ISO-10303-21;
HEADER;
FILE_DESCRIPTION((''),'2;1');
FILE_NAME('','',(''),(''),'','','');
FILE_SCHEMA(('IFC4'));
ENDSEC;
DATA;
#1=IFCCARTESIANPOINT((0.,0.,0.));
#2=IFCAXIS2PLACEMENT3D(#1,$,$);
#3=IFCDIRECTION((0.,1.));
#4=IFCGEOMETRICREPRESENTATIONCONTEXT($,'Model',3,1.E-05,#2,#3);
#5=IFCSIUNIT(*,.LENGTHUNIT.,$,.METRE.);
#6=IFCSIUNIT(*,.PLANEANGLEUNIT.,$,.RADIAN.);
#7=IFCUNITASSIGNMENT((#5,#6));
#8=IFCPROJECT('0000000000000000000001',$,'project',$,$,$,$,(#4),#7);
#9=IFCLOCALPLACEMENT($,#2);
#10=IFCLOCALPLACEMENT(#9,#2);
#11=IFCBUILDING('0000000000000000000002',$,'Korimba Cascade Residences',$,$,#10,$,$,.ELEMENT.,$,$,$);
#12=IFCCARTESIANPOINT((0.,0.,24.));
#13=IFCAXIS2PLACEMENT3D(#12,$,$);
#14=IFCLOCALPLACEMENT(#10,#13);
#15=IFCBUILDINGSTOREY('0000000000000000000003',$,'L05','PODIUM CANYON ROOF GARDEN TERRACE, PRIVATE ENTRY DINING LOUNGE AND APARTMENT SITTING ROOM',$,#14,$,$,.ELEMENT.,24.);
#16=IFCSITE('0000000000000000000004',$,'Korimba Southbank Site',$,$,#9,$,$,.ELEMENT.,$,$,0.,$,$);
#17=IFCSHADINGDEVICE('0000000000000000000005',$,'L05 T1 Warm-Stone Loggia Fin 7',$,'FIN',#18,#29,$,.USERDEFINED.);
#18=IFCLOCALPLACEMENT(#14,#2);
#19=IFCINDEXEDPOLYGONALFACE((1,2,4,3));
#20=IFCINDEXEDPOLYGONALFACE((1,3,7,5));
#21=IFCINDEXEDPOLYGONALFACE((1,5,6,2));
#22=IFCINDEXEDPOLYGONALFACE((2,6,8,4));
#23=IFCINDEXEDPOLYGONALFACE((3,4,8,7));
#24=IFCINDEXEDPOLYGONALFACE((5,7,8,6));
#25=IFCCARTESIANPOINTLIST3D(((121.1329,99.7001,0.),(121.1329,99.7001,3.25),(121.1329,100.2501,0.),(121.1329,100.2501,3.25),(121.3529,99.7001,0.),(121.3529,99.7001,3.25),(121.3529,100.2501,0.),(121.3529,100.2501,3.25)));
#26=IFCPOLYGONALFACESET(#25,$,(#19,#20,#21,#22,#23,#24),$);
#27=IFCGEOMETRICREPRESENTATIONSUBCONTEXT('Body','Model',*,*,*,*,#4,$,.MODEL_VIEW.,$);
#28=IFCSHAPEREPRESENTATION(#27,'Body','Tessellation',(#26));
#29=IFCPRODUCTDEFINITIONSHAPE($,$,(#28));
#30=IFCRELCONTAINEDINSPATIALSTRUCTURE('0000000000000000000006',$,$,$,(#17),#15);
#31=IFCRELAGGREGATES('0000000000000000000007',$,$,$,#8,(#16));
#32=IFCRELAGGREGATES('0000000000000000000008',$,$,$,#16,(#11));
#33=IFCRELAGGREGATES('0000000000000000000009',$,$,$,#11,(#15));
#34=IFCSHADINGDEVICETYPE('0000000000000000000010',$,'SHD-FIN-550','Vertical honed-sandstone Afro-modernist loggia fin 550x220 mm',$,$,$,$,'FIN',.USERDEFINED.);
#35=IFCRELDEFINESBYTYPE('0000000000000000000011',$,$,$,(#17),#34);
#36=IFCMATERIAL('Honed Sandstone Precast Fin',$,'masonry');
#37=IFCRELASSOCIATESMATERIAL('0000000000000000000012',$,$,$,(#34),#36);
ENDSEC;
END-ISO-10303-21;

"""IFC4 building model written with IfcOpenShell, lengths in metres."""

from ifc_helpers import new_model, si_unit, direction, frame, origin, origin_2d, place, context, subcontext, project, spatial, rectangle, extrude, material, type_object, element, save


model = new_model("IFC4")

# Units and contexts
model_context = context("Model", 3, precision=1e-05, world=origin(), true_north=direction((0.0, 1.0)))
body_context = subcontext(model_context, "Body", "Model", "MODEL_VIEW")
ifc_project = project(units=[si_unit("LENGTHUNIT", "METRE"), si_unit("PLANEANGLEUNIT", "RADIAN")], contexts=[model_context])

# Site, building, storey
site_placement = place(None, origin())
site = spatial("IfcSite", under=ifc_project, at=site_placement, Name="Korimba Southbank Site", CompositionType="ELEMENT", RefElevation=0.0)
building_placement = place(site_placement, origin())
building = spatial("IfcBuilding", under=site, at=building_placement, Name="Korimba Cascade Residences", CompositionType="ELEMENT")
storey_placement = place(building_placement, frame((0.0, 0.0, 24.0)))
storey = spatial("IfcBuildingStorey", under=building, at=storey_placement, Name="L05", Description="PODIUM CANYON ROOF GARDEN TERRACE, PRIVATE ENTRY DINING LOUNGE AND APARTMENT SITTING ROOM", CompositionType="ELEMENT", Elevation=24.0)

# Shading device
ifc_material_1 = material(Name="Honed Sandstone Precast Fin", Category="masonry")
shading_device_type = type_object("IfcShadingDeviceType", Name="SHD-FIN-550", Description="Vertical honed-sandstone Afro-modernist loggia fin 550x220 mm", ElementType="FIN", PredefinedType="USERDEFINED", material=ifc_material_1)
shading_device_placement = place(storey_placement, frame((121.2429, 99.9751, 0.0), z_axis=(0.0, 0.0, 1.0), x_axis=(1.0, 0.0, 0.0)))
element("IfcShadingDevice", 1, at=shading_device_placement, inside=storey, type_object=shading_device_type, Name="L05 T1 Warm-Stone Loggia Fin 7", ObjectType="FIN", PredefinedType="USERDEFINED", context=body_context, shape_type="SweptSolid", body=[
    extrude(rectangle(XDim=0.22, YDim=0.55, at=origin_2d()), origin(), (0.0, 0.0, 1.0), 3.25),
])

save(model, "model.ifc")
